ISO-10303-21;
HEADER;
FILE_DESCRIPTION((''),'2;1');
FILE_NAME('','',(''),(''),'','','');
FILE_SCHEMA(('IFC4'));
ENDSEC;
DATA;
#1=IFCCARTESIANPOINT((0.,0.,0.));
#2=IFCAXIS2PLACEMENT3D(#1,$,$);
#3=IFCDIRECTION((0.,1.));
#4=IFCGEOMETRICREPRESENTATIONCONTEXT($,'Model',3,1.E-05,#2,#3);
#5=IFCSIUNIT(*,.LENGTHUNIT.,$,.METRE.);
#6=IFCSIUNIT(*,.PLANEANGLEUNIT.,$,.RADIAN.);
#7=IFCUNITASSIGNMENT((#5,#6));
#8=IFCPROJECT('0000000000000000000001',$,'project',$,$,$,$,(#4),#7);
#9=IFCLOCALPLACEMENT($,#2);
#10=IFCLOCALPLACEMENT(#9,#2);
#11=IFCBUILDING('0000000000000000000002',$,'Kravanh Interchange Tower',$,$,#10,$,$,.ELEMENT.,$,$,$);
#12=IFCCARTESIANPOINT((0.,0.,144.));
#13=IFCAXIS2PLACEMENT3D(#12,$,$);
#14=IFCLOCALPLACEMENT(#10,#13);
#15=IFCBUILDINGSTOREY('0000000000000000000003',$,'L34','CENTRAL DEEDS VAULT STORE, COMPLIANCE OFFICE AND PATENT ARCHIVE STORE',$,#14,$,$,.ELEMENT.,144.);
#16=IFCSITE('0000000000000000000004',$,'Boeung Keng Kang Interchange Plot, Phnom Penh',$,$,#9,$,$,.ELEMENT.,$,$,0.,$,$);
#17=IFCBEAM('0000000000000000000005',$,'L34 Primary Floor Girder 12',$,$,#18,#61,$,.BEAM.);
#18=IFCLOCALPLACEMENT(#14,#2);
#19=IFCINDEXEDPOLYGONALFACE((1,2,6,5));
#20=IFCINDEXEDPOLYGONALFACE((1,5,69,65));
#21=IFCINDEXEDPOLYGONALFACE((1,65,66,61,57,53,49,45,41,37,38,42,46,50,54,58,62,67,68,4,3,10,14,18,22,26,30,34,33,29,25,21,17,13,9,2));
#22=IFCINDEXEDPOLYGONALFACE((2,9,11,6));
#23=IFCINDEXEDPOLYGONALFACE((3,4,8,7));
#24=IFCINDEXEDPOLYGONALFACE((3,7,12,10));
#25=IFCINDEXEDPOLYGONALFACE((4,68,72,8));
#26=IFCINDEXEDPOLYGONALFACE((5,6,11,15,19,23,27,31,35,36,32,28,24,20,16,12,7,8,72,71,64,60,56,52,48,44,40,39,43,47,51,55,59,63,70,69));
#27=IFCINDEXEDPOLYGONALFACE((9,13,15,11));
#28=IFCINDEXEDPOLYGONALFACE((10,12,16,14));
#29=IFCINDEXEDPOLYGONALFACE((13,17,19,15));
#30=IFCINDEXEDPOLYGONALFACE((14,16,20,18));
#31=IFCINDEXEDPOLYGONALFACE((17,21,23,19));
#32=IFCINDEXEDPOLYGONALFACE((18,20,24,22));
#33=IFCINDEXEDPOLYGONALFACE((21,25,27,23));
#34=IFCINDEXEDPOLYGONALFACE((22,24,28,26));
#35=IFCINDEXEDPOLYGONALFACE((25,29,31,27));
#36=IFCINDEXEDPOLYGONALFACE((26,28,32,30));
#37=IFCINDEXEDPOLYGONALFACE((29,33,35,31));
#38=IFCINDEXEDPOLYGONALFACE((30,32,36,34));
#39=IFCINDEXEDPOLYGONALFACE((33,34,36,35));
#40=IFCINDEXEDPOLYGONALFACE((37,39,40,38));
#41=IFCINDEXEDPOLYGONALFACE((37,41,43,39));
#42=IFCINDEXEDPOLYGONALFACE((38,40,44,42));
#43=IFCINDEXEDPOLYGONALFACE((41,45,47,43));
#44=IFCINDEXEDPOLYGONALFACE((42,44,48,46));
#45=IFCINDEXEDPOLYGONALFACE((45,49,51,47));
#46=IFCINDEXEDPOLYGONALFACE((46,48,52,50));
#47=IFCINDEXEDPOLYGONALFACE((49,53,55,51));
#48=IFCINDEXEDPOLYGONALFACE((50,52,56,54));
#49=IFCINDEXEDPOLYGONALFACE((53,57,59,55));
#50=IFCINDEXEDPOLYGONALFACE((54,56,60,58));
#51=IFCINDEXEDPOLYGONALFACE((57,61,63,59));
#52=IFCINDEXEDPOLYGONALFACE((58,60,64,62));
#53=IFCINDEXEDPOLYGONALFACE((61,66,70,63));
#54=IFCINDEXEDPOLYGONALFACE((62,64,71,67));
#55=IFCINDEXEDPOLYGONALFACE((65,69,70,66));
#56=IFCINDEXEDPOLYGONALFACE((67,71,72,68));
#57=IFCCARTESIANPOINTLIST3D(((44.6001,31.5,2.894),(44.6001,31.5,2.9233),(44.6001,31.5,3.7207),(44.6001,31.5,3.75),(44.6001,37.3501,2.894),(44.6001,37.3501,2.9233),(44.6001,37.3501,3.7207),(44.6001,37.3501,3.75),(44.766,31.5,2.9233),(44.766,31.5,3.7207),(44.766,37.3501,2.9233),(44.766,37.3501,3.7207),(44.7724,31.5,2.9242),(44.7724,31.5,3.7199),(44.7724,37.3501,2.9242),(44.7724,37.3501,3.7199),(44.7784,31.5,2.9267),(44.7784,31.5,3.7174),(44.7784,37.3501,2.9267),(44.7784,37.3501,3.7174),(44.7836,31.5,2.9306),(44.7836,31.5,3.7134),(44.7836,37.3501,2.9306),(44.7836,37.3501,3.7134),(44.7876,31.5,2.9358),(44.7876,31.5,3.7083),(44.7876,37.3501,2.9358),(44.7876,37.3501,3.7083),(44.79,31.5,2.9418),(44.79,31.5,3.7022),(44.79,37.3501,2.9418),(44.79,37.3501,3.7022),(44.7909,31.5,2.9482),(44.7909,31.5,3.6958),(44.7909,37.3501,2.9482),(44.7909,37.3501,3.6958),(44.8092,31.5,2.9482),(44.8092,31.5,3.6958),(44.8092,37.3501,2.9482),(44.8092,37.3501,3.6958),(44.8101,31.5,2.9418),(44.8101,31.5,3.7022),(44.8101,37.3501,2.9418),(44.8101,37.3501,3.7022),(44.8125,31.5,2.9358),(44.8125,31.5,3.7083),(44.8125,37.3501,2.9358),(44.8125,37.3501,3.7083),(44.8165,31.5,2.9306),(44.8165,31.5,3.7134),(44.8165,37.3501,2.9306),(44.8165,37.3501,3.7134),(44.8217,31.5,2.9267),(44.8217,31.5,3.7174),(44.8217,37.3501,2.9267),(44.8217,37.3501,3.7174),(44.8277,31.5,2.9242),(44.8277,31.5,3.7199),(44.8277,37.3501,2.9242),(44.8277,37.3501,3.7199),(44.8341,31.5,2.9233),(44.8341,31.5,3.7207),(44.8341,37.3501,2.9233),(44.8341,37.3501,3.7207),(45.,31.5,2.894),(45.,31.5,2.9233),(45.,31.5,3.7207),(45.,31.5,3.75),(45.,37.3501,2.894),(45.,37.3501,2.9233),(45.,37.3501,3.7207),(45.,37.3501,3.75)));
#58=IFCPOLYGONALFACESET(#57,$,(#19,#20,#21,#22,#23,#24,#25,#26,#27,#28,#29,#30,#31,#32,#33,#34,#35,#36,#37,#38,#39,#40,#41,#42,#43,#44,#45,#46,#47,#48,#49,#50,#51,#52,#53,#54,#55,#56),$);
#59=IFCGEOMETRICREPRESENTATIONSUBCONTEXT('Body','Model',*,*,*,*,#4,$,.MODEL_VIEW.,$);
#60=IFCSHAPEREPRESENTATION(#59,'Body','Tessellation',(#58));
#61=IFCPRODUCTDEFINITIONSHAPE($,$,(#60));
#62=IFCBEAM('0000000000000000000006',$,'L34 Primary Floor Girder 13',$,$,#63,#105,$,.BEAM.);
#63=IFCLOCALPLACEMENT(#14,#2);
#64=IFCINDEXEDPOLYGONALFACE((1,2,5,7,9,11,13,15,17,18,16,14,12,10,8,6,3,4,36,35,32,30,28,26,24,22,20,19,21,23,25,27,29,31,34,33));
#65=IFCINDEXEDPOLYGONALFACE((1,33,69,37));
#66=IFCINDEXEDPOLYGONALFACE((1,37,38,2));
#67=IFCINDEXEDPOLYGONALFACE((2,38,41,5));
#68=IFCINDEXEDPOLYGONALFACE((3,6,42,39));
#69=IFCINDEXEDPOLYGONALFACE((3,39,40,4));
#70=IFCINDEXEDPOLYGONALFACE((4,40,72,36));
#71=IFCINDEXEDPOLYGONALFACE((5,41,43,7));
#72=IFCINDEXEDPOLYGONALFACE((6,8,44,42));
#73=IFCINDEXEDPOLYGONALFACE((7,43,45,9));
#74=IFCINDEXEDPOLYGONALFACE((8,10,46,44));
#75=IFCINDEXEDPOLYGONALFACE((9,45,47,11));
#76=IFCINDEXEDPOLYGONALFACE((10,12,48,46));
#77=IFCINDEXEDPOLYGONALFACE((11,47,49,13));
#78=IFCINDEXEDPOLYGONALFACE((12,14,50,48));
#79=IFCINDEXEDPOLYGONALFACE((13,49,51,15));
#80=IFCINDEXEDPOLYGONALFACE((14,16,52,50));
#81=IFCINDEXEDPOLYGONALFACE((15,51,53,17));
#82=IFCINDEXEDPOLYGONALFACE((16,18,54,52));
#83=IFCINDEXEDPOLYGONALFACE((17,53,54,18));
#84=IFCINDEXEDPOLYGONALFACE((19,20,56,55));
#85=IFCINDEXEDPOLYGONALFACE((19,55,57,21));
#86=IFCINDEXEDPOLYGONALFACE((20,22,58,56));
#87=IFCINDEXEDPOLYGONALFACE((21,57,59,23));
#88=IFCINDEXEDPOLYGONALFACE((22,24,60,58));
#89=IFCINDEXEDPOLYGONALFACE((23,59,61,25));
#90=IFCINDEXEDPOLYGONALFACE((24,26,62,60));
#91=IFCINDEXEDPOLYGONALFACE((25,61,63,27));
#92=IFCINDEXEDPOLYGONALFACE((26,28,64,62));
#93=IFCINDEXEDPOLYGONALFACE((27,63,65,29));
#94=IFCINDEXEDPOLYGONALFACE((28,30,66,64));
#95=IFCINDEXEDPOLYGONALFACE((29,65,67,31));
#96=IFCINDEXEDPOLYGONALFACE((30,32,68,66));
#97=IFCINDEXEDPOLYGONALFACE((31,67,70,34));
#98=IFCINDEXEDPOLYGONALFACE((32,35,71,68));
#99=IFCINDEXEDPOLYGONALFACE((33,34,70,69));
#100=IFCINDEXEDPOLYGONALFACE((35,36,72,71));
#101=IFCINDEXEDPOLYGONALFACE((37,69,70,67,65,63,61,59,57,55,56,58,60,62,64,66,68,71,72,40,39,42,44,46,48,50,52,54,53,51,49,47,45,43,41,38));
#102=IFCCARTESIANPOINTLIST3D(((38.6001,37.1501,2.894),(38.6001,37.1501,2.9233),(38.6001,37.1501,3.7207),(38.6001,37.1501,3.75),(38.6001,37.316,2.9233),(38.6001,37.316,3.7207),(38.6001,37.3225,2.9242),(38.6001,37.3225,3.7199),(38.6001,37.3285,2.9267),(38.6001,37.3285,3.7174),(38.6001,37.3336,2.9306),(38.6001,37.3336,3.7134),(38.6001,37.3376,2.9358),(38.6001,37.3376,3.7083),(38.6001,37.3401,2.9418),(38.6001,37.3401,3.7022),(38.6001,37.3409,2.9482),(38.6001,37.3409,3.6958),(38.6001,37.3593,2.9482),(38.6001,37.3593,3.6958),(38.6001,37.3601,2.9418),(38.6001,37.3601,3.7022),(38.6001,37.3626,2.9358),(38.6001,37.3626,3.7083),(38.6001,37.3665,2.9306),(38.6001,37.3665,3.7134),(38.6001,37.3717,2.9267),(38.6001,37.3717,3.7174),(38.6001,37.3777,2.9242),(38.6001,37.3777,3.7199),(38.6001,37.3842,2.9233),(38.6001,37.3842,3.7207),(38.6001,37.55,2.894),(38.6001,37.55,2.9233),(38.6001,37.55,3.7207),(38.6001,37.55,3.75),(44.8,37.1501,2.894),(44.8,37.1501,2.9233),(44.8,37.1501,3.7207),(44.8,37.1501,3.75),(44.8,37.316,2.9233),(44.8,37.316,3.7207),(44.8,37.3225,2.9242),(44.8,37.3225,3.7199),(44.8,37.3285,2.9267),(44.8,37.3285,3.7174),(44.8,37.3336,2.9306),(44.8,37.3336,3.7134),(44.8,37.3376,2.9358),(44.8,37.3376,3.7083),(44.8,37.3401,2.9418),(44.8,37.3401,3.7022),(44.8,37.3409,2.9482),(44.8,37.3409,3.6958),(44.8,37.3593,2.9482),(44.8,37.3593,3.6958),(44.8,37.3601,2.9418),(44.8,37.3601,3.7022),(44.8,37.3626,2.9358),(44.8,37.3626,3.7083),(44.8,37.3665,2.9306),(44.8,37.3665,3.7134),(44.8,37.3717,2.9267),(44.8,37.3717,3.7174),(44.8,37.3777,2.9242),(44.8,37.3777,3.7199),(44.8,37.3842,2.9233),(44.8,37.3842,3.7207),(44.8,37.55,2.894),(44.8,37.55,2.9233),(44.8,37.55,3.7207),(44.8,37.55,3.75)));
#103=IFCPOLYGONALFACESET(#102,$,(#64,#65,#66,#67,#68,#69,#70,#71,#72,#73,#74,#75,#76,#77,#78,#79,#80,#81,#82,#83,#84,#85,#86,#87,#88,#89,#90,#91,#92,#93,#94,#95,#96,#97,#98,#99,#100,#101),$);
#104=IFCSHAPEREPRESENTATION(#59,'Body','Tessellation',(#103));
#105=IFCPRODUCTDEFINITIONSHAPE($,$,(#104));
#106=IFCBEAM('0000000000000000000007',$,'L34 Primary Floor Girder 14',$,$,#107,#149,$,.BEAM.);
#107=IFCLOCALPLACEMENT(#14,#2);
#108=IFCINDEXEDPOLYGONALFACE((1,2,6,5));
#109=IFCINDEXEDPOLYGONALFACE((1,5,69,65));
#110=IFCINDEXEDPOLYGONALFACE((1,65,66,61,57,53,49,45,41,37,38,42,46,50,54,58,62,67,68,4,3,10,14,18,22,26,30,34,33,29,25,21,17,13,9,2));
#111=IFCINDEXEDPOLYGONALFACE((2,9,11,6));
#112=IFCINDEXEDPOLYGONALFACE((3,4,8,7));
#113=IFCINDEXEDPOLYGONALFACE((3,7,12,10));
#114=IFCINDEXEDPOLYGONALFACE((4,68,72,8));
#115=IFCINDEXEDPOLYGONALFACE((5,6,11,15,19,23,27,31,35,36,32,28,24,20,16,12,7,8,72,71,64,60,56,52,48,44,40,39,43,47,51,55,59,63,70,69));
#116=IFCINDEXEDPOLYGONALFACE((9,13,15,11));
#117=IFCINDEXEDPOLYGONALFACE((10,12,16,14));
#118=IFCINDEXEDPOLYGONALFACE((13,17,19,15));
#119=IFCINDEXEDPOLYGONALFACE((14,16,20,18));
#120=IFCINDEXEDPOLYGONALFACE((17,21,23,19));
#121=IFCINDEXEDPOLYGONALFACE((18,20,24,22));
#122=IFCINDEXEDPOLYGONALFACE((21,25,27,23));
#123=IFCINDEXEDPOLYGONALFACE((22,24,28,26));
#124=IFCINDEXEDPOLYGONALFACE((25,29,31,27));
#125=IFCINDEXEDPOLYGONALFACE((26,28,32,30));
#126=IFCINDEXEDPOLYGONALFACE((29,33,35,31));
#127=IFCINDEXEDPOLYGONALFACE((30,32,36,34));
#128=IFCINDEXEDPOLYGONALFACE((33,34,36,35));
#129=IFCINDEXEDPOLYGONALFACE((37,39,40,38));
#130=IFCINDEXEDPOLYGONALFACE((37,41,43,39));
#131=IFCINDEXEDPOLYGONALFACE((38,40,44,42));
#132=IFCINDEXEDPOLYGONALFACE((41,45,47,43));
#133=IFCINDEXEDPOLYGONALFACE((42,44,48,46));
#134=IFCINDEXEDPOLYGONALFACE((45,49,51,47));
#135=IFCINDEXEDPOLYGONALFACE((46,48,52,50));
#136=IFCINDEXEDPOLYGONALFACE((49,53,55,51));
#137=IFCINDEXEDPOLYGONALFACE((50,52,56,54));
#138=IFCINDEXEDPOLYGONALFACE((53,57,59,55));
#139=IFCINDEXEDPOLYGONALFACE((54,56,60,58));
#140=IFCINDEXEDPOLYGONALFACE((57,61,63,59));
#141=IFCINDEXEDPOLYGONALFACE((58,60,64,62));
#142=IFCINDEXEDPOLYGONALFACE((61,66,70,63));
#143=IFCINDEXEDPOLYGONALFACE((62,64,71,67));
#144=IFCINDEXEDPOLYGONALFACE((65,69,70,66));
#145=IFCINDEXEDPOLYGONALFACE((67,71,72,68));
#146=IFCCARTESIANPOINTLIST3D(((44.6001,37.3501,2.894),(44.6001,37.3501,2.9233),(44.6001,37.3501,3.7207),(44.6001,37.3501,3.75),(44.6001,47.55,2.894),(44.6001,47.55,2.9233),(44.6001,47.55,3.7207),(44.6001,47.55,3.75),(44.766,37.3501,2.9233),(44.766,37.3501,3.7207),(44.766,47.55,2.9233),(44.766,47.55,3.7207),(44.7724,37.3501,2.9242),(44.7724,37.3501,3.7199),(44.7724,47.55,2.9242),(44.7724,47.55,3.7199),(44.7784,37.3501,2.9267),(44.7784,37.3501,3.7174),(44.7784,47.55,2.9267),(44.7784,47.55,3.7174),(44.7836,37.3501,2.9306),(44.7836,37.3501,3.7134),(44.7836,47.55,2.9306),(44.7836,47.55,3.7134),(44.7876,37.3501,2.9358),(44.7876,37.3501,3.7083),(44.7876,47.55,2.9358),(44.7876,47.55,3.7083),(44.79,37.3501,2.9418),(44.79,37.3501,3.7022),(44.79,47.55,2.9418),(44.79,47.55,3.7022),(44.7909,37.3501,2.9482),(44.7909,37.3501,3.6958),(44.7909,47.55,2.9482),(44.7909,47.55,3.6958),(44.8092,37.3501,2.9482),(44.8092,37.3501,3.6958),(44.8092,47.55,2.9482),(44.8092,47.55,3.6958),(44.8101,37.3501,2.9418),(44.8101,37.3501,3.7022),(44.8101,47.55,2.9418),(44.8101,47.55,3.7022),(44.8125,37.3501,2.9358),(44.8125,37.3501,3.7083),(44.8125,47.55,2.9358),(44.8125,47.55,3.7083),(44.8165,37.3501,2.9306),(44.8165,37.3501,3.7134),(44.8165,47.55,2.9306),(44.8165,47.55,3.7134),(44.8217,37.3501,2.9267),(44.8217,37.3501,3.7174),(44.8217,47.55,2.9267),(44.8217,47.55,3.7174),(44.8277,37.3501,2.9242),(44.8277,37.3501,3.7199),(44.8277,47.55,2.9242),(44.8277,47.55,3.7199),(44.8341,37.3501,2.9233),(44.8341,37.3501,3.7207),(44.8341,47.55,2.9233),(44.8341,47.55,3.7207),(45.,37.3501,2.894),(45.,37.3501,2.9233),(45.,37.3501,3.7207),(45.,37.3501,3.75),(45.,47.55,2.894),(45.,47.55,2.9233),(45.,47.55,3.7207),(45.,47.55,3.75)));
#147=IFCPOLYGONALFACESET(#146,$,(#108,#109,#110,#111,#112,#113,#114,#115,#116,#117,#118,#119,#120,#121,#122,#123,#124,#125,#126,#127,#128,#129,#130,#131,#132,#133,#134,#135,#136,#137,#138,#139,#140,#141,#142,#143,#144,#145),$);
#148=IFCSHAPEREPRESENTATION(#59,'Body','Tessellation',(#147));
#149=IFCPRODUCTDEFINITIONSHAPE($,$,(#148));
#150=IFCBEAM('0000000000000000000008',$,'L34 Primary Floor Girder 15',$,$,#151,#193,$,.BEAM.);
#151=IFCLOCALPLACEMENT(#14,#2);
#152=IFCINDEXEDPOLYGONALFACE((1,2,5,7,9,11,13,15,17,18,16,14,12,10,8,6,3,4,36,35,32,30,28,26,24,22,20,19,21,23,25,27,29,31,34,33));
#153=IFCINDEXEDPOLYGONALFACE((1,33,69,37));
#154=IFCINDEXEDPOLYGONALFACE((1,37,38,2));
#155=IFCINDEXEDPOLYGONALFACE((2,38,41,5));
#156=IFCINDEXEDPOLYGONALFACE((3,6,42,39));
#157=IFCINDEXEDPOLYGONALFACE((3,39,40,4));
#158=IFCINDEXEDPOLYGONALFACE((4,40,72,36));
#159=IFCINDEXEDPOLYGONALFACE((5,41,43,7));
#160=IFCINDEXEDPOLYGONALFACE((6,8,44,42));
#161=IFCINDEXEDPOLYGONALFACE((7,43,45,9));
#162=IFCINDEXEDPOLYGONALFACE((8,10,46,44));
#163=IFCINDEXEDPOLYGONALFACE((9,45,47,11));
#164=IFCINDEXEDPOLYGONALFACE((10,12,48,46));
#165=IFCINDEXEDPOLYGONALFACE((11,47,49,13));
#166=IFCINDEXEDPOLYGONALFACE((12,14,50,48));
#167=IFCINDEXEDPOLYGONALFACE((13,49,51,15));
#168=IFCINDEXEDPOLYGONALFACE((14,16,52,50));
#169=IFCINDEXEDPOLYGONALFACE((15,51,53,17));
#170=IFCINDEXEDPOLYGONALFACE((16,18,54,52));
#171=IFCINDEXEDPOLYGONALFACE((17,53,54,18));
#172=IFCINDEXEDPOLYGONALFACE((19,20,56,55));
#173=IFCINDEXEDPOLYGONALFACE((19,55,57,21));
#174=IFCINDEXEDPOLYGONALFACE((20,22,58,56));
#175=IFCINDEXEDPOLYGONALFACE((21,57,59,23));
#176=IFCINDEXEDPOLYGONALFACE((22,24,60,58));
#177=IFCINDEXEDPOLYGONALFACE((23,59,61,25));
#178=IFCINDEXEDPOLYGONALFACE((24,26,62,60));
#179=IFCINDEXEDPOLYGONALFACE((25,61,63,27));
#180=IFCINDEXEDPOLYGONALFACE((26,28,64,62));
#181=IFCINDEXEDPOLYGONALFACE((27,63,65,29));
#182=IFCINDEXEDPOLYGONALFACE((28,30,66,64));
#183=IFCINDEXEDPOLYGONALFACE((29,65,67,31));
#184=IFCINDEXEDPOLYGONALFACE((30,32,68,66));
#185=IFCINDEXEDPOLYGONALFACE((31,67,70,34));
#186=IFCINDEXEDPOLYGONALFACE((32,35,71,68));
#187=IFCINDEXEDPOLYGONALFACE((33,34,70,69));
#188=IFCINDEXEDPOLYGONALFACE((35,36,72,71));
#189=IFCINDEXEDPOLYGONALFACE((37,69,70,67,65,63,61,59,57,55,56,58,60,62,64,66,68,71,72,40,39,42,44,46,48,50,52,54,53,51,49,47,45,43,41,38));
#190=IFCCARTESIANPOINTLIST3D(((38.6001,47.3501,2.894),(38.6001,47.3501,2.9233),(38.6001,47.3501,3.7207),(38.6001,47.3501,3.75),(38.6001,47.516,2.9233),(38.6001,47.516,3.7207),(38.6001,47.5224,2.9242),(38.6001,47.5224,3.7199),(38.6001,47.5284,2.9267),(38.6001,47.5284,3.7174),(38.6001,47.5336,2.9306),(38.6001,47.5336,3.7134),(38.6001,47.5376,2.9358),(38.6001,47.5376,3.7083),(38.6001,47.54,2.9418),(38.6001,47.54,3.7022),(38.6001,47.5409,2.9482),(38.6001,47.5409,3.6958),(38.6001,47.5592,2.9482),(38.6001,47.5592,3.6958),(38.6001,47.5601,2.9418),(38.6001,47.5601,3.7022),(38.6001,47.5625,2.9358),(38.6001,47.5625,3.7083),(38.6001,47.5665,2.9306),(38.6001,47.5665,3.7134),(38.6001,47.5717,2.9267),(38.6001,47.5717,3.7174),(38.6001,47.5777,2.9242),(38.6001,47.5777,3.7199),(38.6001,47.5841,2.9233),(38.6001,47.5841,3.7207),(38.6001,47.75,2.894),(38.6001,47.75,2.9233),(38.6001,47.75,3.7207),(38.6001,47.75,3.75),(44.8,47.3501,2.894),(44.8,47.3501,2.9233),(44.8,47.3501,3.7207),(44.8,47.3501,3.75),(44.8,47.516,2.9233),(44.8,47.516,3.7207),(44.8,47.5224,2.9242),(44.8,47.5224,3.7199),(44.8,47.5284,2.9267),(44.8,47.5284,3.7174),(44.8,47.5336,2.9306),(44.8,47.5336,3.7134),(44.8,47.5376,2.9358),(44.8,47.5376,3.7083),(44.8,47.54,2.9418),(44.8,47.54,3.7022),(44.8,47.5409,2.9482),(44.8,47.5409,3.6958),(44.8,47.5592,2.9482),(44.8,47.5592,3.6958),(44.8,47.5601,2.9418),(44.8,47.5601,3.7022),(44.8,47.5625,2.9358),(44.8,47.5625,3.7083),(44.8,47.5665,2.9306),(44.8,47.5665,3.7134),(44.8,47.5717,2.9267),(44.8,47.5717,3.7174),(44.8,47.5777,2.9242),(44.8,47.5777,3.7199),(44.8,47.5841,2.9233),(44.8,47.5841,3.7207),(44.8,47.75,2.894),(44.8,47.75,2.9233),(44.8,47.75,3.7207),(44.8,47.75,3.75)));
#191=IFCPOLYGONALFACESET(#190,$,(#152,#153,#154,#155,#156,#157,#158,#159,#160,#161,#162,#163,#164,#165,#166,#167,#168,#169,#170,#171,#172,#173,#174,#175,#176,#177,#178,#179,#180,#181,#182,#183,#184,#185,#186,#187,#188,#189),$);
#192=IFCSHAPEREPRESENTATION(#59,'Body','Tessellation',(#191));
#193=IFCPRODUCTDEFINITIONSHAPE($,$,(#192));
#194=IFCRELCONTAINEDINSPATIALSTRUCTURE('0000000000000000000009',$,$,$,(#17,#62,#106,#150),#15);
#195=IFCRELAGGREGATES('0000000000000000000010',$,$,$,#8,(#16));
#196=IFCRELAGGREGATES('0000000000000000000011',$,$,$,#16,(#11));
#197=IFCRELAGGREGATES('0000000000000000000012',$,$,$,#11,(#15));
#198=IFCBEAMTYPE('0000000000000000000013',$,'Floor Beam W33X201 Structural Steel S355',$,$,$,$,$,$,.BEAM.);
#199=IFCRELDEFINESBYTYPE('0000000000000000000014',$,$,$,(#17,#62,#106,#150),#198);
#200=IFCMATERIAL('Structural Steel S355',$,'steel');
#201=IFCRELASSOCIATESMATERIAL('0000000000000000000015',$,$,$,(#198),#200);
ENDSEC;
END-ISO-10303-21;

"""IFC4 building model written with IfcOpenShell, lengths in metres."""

from ifc_helpers import new_model, si_unit, direction, frame, origin, origin_2d, place, context, subcontext, project, spatial, i_section, extrude, material, material_profile, profile_set, type_object, element, save


model = new_model("IFC4")

# Units and contexts
model_context = context("Model", 3, precision=1e-05, world=origin(), true_north=direction((0.0, 1.0)))
body_context = subcontext(model_context, "Body", "Model", "MODEL_VIEW")
ifc_project = project(units=[si_unit("LENGTHUNIT", "METRE"), si_unit("PLANEANGLEUNIT", "RADIAN")], contexts=[model_context])

# Site, building, storey
site_placement = place(None, origin())
site = spatial("IfcSite", under=ifc_project, at=site_placement, Name="Boeung Keng Kang Interchange Plot, Phnom Penh", CompositionType="ELEMENT", RefElevation=0.0)
building_placement = place(site_placement, origin())
building = spatial("IfcBuilding", under=site, at=building_placement, Name="Kravanh Interchange Tower", CompositionType="ELEMENT")
storey_placement = place(building_placement, frame((0.0, 0.0, 144.0)))
storey = spatial("IfcBuildingStorey", under=building, at=storey_placement, Name="L34", Description="CENTRAL DEEDS VAULT STORE, COMPLIANCE OFFICE AND PATENT ARCHIVE STORE", CompositionType="ELEMENT", Elevation=144.0)

# Beams
ifc_material_1 = material(Name="Structural Steel S355", Category="steel")
ifc_material_profile_1 = material_profile(ifc_material_1, i_section(OverallWidth=0.3999, OverallDepth=0.856, WebThickness=0.0183, FlangeThickness=0.0293, FilletRadius=0.0249, at=origin_2d()), Name="W33X201")
ifc_profile_set_1 = profile_set([ifc_material_profile_1], Name="Structural Steel S355")
beam_type_1 = type_object("IfcBeamType", Name="Floor Beam W33X201 Structural Steel S355", PredefinedType="BEAM", material=ifc_profile_set_1)
beam_1_placement = place(storey_placement, frame((44.8, 37.3501, 3.322), z_axis=(0.0, -1.0, 0.0), x_axis=(1.0, 0.0, 0.0)))
element("IfcBeam", 1, at=beam_1_placement, inside=storey, type_object=beam_type_1, Name="L34 Primary Floor Girder 12", PredefinedType="BEAM", context=body_context, shape_type="SweptSolid", body=[
    extrude(i_section(OverallWidth=0.3999, OverallDepth=0.856, WebThickness=0.0183, FlangeThickness=0.0293, FilletRadius=0.0249, at=origin_2d()), origin(), (0.0, 0.0, 1.0), 5.8501),
])
beam_2_placement = place(storey_placement, frame((44.8, 37.3501, 3.322), z_axis=(-1.0, 0.0, 0.0), x_axis=(0.0, -1.0, 0.0)))
element("IfcBeam", 2, at=beam_2_placement, inside=storey, type_object=beam_type_1, Name="L34 Primary Floor Girder 13", PredefinedType="BEAM", context=body_context, shape_type="SweptSolid", body=[
    extrude(i_section(OverallWidth=0.3999, OverallDepth=0.856, WebThickness=0.0183, FlangeThickness=0.0293, FilletRadius=0.0249, at=origin_2d()), origin(), (0.0, 0.0, 1.0), 6.2),
])
beam_3_placement = place(storey_placement, frame((44.8, 37.3501, 3.322), z_axis=(0.0, 1.0, 0.0), x_axis=(-1.0, 0.0, 0.0)))
element("IfcBeam", 3, at=beam_3_placement, inside=storey, type_object=beam_type_1, Name="L34 Primary Floor Girder 14", PredefinedType="BEAM", context=body_context, shape_type="SweptSolid", body=[
    extrude(i_section(OverallWidth=0.3999, OverallDepth=0.856, WebThickness=0.0183, FlangeThickness=0.0293, FilletRadius=0.0249, at=origin_2d()), origin(), (0.0, 0.0, 1.0), 10.2),
])
beam_4_placement = place(storey_placement, frame((44.8, 47.55, 3.322), z_axis=(-1.0, 0.0, 0.0), x_axis=(0.0, -1.0, 0.0)))
element("IfcBeam", 4, at=beam_4_placement, inside=storey, type_object=beam_type_1, Name="L34 Primary Floor Girder 15", PredefinedType="BEAM", context=body_context, shape_type="SweptSolid", body=[
    extrude(i_section(OverallWidth=0.3999, OverallDepth=0.856, WebThickness=0.0183, FlangeThickness=0.0293, FilletRadius=0.0249, at=origin_2d()), origin(), (0.0, 0.0, 1.0), 6.2),
])

save(model, "model.ifc")
